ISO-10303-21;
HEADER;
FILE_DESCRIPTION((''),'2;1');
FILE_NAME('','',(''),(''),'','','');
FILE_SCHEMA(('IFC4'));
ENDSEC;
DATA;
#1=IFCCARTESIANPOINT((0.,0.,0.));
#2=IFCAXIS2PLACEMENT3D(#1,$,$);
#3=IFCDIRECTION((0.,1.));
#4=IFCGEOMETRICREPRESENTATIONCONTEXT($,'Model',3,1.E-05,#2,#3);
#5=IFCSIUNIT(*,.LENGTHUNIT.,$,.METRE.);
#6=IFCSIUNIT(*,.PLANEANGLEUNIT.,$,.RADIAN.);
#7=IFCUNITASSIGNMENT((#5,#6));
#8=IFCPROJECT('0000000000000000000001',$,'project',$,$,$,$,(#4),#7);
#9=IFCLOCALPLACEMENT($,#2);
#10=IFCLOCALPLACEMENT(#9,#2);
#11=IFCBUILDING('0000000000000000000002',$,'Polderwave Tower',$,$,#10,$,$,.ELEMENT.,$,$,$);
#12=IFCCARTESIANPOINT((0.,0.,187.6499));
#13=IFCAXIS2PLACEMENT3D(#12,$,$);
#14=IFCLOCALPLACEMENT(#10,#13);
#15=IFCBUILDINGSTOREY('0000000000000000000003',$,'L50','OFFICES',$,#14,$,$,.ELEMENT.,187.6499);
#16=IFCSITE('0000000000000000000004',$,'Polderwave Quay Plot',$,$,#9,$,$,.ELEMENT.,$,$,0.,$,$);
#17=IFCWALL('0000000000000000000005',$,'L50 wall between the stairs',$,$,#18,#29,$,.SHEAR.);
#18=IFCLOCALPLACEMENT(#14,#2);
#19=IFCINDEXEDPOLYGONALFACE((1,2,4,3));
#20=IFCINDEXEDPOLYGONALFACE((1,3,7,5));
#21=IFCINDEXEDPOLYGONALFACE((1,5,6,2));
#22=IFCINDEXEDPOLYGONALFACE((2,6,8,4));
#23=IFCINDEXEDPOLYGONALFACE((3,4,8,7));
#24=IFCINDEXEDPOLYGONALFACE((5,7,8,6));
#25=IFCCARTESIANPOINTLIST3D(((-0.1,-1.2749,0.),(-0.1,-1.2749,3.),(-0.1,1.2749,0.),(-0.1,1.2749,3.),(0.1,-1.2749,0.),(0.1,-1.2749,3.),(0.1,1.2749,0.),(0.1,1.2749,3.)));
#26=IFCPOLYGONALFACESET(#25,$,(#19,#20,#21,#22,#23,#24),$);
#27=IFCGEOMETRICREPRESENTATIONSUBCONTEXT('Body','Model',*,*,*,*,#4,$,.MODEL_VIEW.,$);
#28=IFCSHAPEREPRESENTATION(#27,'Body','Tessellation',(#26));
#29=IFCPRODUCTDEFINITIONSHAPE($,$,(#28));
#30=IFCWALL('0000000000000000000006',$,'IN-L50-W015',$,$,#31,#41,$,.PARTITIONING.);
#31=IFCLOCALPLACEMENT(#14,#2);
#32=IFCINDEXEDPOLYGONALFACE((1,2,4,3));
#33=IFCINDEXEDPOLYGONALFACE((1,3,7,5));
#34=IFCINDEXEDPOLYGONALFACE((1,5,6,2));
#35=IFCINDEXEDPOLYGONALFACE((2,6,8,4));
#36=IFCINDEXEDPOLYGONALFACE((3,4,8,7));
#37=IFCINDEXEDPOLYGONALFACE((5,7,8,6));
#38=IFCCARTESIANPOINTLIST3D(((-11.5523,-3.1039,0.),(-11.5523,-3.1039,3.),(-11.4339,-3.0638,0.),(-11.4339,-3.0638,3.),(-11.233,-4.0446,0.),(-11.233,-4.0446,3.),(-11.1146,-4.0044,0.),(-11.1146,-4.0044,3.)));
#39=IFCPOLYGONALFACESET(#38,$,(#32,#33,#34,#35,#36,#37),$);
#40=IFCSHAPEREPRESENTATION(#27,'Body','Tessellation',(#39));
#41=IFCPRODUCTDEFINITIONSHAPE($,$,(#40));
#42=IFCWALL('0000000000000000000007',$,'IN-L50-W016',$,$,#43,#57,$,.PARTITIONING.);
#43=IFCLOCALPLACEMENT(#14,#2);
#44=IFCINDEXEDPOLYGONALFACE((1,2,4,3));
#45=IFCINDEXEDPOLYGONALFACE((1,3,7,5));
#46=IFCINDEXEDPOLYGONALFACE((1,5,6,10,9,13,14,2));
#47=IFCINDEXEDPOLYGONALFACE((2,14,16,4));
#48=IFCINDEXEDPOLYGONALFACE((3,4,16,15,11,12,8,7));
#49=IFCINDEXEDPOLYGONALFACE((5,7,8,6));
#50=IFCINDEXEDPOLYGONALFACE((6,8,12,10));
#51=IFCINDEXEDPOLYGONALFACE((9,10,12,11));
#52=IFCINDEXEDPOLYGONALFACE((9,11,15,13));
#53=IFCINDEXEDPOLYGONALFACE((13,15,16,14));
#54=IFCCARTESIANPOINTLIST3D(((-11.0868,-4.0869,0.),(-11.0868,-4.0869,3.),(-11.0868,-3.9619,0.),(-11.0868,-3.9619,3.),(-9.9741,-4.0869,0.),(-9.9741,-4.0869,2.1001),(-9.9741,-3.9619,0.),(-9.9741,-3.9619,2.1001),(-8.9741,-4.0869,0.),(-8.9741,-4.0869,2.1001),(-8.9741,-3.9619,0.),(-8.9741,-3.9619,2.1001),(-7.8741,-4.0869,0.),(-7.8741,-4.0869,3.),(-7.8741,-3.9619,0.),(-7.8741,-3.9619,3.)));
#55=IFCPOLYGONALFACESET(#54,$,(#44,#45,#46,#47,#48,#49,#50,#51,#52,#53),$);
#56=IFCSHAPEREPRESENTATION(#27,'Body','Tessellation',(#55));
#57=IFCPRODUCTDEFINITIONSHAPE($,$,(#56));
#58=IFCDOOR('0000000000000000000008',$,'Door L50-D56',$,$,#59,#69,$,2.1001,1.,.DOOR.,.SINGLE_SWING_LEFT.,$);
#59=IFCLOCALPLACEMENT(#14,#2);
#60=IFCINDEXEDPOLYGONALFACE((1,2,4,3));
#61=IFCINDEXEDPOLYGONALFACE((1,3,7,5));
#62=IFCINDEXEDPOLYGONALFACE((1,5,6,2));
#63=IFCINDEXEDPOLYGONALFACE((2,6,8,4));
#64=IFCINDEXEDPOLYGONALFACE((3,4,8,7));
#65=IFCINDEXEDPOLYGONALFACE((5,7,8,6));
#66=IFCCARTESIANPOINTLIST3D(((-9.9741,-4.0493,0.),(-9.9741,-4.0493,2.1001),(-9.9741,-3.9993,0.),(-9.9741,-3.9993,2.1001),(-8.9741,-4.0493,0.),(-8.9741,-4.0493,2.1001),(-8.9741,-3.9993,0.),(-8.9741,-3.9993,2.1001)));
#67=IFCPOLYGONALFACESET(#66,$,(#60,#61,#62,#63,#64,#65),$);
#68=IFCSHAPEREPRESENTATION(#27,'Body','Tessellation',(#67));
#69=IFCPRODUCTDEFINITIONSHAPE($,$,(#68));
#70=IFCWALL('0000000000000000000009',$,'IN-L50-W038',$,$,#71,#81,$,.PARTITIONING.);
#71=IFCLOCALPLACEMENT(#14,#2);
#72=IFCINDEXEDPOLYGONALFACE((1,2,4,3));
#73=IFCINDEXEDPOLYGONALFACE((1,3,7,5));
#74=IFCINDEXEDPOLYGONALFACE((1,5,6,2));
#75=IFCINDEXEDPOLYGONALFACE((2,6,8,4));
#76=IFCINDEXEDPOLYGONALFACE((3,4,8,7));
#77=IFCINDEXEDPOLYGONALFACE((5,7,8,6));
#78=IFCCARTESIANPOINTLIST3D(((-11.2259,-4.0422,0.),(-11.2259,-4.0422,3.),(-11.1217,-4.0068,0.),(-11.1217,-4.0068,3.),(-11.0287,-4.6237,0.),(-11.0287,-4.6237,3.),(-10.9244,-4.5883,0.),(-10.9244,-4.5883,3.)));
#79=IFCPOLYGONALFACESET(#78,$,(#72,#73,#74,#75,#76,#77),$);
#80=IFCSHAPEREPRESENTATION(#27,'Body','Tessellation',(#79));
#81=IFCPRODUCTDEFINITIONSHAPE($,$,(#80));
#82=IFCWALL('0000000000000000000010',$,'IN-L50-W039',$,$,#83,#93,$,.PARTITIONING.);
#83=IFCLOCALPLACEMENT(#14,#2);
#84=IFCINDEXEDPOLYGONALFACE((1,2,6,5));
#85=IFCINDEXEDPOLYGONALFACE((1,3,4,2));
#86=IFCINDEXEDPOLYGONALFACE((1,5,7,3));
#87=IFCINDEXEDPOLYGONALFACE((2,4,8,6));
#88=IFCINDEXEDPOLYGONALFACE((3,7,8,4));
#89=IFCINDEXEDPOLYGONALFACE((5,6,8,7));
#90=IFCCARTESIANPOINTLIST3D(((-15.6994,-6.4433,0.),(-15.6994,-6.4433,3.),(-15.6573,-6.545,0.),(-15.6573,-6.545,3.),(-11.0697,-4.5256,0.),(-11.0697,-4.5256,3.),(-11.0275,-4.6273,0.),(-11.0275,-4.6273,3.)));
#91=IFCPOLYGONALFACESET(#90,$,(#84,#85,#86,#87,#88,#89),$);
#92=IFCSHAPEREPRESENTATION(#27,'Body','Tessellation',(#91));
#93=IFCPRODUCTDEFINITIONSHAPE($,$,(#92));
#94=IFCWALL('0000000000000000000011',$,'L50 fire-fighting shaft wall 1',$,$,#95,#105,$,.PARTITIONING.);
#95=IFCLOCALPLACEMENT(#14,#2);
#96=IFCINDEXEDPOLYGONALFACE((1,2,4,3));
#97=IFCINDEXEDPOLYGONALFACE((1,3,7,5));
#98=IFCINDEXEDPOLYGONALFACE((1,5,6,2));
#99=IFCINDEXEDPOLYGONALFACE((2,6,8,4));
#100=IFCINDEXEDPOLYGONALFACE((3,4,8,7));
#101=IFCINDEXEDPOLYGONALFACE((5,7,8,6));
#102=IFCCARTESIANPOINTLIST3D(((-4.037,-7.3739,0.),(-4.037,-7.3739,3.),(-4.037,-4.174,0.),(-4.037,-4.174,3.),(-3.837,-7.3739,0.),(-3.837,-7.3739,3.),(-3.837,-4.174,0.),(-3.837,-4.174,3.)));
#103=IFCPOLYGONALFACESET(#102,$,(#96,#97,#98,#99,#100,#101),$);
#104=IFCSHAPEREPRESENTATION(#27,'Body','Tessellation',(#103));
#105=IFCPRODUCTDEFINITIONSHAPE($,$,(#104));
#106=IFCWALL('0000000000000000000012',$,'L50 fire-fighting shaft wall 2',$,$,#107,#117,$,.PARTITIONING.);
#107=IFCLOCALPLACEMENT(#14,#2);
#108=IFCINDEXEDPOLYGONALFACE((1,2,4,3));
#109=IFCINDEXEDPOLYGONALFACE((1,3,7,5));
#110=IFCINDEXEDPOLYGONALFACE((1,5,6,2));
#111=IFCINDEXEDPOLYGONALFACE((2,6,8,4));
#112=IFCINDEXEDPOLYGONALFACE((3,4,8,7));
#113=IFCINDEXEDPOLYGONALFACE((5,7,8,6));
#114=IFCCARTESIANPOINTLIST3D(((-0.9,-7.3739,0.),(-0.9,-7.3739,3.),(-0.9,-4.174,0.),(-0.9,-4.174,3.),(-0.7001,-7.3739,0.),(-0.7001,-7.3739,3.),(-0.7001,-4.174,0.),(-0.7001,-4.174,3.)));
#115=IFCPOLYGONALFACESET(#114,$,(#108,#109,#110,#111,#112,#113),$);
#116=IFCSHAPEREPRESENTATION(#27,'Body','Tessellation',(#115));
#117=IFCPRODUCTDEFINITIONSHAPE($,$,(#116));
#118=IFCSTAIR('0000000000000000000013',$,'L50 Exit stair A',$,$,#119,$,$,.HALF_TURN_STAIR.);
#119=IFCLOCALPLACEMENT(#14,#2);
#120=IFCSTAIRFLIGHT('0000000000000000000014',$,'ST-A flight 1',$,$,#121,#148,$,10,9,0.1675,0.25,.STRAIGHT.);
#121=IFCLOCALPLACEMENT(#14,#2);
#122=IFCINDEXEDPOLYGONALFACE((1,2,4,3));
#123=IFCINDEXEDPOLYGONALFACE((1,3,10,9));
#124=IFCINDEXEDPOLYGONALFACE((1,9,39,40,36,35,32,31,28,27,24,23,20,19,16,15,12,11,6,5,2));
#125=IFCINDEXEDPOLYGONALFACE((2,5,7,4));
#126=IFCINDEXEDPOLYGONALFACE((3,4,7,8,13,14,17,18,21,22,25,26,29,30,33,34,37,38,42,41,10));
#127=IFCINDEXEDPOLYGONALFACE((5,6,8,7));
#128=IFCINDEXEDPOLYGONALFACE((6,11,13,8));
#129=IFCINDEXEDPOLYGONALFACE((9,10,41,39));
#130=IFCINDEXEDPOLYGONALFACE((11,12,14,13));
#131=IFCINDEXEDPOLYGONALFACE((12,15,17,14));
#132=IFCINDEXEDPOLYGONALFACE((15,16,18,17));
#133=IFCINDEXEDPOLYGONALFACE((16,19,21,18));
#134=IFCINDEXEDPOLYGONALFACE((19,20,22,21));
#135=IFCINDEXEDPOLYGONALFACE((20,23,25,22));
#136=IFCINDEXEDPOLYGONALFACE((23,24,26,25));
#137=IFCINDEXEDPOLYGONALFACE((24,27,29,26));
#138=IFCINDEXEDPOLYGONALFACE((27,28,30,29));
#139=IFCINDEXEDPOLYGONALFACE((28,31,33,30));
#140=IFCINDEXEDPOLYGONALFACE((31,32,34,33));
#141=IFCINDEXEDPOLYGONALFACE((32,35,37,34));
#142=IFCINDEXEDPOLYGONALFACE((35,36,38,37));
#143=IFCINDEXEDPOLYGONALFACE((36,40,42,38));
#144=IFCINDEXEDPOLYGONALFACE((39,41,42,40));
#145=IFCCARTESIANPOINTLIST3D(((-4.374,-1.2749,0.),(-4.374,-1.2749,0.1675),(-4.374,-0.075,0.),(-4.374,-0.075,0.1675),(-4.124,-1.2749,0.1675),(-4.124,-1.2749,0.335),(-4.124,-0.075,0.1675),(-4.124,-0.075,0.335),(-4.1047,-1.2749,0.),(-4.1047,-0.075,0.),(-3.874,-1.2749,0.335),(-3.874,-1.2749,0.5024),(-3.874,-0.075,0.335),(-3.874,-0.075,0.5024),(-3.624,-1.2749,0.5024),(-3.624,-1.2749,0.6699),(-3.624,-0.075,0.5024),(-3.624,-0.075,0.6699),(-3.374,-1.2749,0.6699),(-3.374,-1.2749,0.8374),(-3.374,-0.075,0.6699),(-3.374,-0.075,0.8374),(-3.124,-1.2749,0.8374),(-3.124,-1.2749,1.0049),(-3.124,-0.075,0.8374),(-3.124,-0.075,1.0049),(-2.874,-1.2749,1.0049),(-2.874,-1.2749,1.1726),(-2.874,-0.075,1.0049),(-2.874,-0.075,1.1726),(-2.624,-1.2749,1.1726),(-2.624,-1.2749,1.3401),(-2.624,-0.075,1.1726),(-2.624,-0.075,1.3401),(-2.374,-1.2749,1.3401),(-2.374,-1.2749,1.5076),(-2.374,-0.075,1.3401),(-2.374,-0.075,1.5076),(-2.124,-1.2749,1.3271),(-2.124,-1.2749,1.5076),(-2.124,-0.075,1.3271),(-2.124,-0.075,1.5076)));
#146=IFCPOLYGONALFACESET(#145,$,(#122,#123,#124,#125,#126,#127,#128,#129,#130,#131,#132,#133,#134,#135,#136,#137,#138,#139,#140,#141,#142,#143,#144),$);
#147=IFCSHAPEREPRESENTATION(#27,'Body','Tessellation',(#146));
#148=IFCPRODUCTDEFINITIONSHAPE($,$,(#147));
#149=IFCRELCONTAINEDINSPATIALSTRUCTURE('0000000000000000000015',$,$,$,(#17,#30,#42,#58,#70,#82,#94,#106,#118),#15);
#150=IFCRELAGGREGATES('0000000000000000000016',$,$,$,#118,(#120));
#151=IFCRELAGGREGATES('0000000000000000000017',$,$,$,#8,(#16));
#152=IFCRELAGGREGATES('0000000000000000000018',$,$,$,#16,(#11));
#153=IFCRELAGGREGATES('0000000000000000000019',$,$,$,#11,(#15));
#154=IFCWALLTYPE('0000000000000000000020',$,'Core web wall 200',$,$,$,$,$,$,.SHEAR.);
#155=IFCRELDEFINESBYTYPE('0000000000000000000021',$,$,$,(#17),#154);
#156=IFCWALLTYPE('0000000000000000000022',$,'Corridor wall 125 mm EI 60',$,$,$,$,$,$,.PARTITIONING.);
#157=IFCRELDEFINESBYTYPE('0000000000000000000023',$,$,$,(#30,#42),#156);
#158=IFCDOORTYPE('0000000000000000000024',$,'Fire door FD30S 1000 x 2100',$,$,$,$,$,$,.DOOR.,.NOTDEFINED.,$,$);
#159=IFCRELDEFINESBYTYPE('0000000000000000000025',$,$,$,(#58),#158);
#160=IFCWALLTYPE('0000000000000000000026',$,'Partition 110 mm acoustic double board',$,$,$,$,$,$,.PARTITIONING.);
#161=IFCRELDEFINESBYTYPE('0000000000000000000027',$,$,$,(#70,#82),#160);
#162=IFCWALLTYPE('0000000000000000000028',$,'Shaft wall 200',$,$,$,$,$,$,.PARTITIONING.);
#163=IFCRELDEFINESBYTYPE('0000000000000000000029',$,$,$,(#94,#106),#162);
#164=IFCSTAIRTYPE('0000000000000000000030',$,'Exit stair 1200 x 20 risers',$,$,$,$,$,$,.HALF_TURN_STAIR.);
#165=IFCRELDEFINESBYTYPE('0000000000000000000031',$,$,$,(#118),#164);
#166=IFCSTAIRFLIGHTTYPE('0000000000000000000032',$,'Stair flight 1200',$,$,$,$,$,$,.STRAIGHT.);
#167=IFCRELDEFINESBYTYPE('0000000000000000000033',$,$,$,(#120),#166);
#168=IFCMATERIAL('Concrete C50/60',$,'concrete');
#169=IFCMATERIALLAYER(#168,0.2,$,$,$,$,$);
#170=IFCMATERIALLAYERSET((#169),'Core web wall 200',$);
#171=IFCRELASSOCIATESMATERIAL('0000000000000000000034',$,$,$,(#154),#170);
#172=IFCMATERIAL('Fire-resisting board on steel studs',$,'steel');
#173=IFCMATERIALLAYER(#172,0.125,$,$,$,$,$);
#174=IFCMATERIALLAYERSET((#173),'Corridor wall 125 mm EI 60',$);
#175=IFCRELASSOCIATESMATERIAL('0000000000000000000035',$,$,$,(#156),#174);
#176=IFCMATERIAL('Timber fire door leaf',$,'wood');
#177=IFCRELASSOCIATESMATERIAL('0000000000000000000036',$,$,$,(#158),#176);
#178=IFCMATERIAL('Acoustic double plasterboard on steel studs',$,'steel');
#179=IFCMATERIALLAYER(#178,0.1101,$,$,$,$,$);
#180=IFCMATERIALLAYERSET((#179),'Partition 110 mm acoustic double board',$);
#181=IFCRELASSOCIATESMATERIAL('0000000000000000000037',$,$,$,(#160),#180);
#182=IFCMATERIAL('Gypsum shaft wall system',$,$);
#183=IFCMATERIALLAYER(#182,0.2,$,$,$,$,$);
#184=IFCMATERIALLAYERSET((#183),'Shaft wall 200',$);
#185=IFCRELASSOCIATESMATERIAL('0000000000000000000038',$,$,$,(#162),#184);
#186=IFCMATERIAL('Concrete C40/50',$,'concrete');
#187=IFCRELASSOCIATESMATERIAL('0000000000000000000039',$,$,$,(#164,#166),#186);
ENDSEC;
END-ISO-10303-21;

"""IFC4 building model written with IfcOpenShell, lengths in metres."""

from ifc_helpers import new_model, si_unit, direction, frame, frame_2d, origin, place, context, subcontext, project, spatial, polyline, rectangle, outline, extrude, material, layer, layer_set, type_object, element, fill, aggregate, save


model = new_model("IFC4")

# Units and contexts
model_context = context("Model", 3, precision=1e-05, world=origin(), true_north=direction((0.0, 1.0)))
body_context = subcontext(model_context, "Body", "Model", "MODEL_VIEW")
ifc_project = project(units=[si_unit("LENGTHUNIT", "METRE"), si_unit("PLANEANGLEUNIT", "RADIAN")], contexts=[model_context])

# Site, building, storey
site_placement = place(None, origin())
site = spatial("IfcSite", under=ifc_project, at=site_placement, Name="Polderwave Quay Plot", CompositionType="ELEMENT", RefElevation=0.0)
building_placement = place(site_placement, origin())
building = spatial("IfcBuilding", under=site, at=building_placement, Name="Polderwave Tower", CompositionType="ELEMENT")
storey_placement = place(building_placement, frame((0.0, 0.0, 187.6499)))
storey = spatial("IfcBuildingStorey", under=building, at=storey_placement, Name="L50", Description="OFFICES", CompositionType="ELEMENT", Elevation=187.6499)

# Shared definitions
ifc_material_1 = material(Name="Concrete C50/60", Category="concrete")
ifc_layer_1 = layer(ifc_material_1, 0.2)
ifc_layer_set_1 = layer_set([ifc_layer_1], Name="Core web wall 200")
wall_type_1 = type_object("IfcWallType", Name="Core web wall 200", PredefinedType="SHEAR", material=ifc_layer_set_1)

# Walls
wall_1_placement = place(storey_placement, frame((0.0, -1.2749, 0.0), z_axis=(0.0, 0.0, 1.0), x_axis=(0.0, 1.0, 0.0)))
element("IfcWall", 1, at=wall_1_placement, inside=storey, type_object=wall_type_1, Name="L50 wall between the stairs", PredefinedType="SHEAR", context=body_context, shape_type="SweptSolid", body=[
    extrude(rectangle(XDim=2.5498, YDim=0.2, at=frame_2d((1.2749, 0.0))), origin(), (0.0, 0.0, 1.0), 3.0),
])
ifc_material_2 = material(Name="Fire-resisting board on steel studs", Category="steel")
ifc_layer_2 = layer(ifc_material_2, 0.125)
ifc_layer_set_2 = layer_set([ifc_layer_2], Name="Corridor wall 125 mm EI 60")
wall_type_2 = type_object("IfcWallType", Name="Corridor wall 125 mm EI 60", PredefinedType="PARTITIONING", material=ifc_layer_set_2)
wall_2_placement = place(storey_placement, frame((-11.1738, -4.0244, 0.0), z_axis=(0.0, 0.0, 1.0), x_axis=(-0.321458, 0.946924, 0.0)))
element("IfcWall", 2, at=wall_2_placement, inside=storey, type_object=wall_type_2, Name="IN-L50-W015", PredefinedType="PARTITIONING", context=body_context, shape_type="SweptSolid", body=[
    extrude(rectangle(XDim=0.9934, YDim=0.125, at=frame_2d((0.4966, 0.0))), origin(), (0.0, 0.0, 1.0), 3.0),
])

# Wall, opening, door
wall_3_placement = place(storey_placement, frame((-7.874, -4.0244, 0.0), z_axis=(0.0, 0.0, 1.0), x_axis=(-1.0, 0.0, 0.0)))
wall_3 = element("IfcWall", 3, at=wall_3_placement, inside=storey, type_object=wall_type_2, Name="IN-L50-W016", PredefinedType="PARTITIONING", context=body_context, shape_type="SweptSolid", body=[
    extrude(rectangle(XDim=3.2126, YDim=0.125, at=frame_2d((1.6064, 0.0))), origin(), (0.0, 0.0, 1.0), 3.0),
])
opening_1_placement = place(wall_3_placement, frame((1.1001, 0.0, 0.0)))
opening_1 = element("IfcOpeningElement", 4, at=opening_1_placement, cuts=wall_3, PredefinedType="OPENING", context=body_context, shape_type="SweptSolid", body=[
    extrude(rectangle(XDim=1.0, YDim=2.1001, at=frame_2d((0.5, 1.05))), frame((0.0, 0.0725, 0.0), z_axis=(0.0, -1.0, 0.0), x_axis=(1.0, 0.0, 0.0)), (0.0, 0.0, 1.0), 0.145),
])
ifc_material_3 = material(Name="Timber fire door leaf", Category="wood")
door_type_1 = type_object("IfcDoorType", Name="Fire door FD30S 1000 x 2100", OperationType="NOTDEFINED", PredefinedType="DOOR", material=ifc_material_3)
door_1_placement = place(opening_1_placement, origin())
door_1 = element("IfcDoor", 5, at=door_1_placement, inside=storey, type_object=door_type_1, Name="Door L50-D56", OperationType="SINGLE_SWING_LEFT", OverallHeight=2.1001, OverallWidth=1.0, PredefinedType="DOOR", context=body_context, shape_type="SweptSolid", body=[
    extrude(rectangle(XDim=1.0, YDim=2.1001, at=frame_2d((0.5, 1.05))), frame((0.0, 0.0249, 0.0), z_axis=(0.0, -1.0, 0.0), x_axis=(1.0, 0.0, 0.0)), (0.0, 0.0, 1.0), 0.05),
])
fill(opening_1, door_1)

# Walls
ifc_material_4 = material(Name="Acoustic double plasterboard on steel studs", Category="steel")
ifc_layer_3 = layer(ifc_material_4, 0.1101)
ifc_layer_set_3 = layer_set([ifc_layer_3], Name="Partition 110 mm acoustic double board")
wall_type_3 = type_object("IfcWallType", Name="Partition 110 mm acoustic double board", PredefinedType="PARTITIONING", material=ifc_layer_set_3)
wall_4_placement = place(storey_placement, frame((-11.1738, -4.0244, 0.0), z_axis=(0.0, 0.0, 1.0), x_axis=(0.321233, -0.947, 0.0)))
element("IfcWall", 6, at=wall_4_placement, inside=storey, type_object=wall_type_3, Name="IN-L50-W038", PredefinedType="PARTITIONING", context=body_context, shape_type="SweptSolid", body=[
    extrude(rectangle(XDim=0.614, YDim=0.1101, at=frame_2d((0.3071, 0.0))), origin(), (0.0, 0.0, 1.0), 3.0),
])
wall_5_placement = place(storey_placement, frame((-11.0486, -4.5764, 0.0), z_axis=(0.0, 0.0, 1.0), x_axis=(-0.923875, -0.382695, 0.0)))
element("IfcWall", 7, at=wall_5_placement, inside=storey, type_object=wall_type_3, Name="IN-L50-W039", PredefinedType="PARTITIONING", context=body_context, shape_type="SweptSolid", body=[
    extrude(rectangle(XDim=5.0112, YDim=0.1101, at=frame_2d((2.5056, 0.0))), origin(), (0.0, 0.0, 1.0), 3.0),
])
ifc_material_5 = material(Name="Gypsum shaft wall system")
ifc_layer_4 = layer(ifc_material_5, 0.2)
ifc_layer_set_4 = layer_set([ifc_layer_4], Name="Shaft wall 200")
wall_type_4 = type_object("IfcWallType", Name="Shaft wall 200", PredefinedType="PARTITIONING", material=ifc_layer_set_4)
for number, where, z_axis, x_axis, name in (
    (8, (-3.937, -7.374, 0.0), (0.0, 0.0, 1.0), (0.0, 1.0, 0.0), "L50 fire-fighting shaft wall 1"),
    (9, (-0.8, -7.374, 0.0), (0.0, 0.0, 1.0), (0.0, 1.0, 0.0), "L50 fire-fighting shaft wall 2"),
):
    element("IfcWall", number, at=place(storey_placement, frame(where, z_axis=z_axis, x_axis=x_axis)), inside=storey, type_object=wall_type_4, Name=name, PredefinedType="PARTITIONING", context=body_context, shape_type="SweptSolid", body=[
        extrude(rectangle(XDim=3.2, YDim=0.2, at=frame_2d((1.6001, 0.0))), origin(), (0.0, 0.0, 1.0), 3.0),
    ])

# Stair, stair flight
ifc_material_6 = material(Name="Concrete C40/50", Category="concrete")
stair_type = type_object("IfcStairType", Name="Exit stair 1200 x 20 risers", PredefinedType="HALF_TURN_STAIR", material=ifc_material_6)
stair_placement = place(storey_placement, origin())
stair = element("IfcStair", 10, at=stair_placement, inside=storey, type_object=stair_type, Name="L50 Exit stair A", PredefinedType="HALF_TURN_STAIR")
stair_flight_type = type_object("IfcStairFlightType", Name="Stair flight 1200", PredefinedType="STRAIGHT", material=ifc_material_6)
stair_flight_placement = place(storey_placement, frame((-4.374, -0.675, 0.0), z_axis=(0.0, 0.0, 1.0), x_axis=(1.0, 0.0, 0.0)))
stair_flight = element("IfcStairFlight", 11, at=stair_flight_placement, type_object=stair_flight_type, Name="ST-A flight 1", NumberOfRisers=10, NumberOfTreads=9, PredefinedType="STRAIGHT", RiserHeight=0.1675, TreadLength=0.25, context=body_context, shape_type="SweptSolid", body=[
    extrude(outline(polyline([(0.0, 0.0), (0.0, 0.1675), (0.25, 0.1675), (0.25, 0.335), (0.5, 0.335), (0.5, 0.5024), (0.75, 0.5024), (0.75, 0.6699), (1.0, 0.6699), (1.0, 0.8374), (1.25, 0.8374), (1.25, 1.0049), (1.5, 1.0049), (1.5, 1.1726), (1.75, 1.1726), (1.75, 1.3401), (2.0, 1.3401), (2.0, 1.5076), (2.25, 1.5076), (2.25, 1.675), (2.25, 1.3271), (0.2693, 0.0), (0.0, 0.0)])), frame((0.0, 0.6001, 0.0), z_axis=(0.0, -1.0, 0.0), x_axis=(1.0, 0.0, 0.0)), (0.0, 0.0, 1.0), 1.2),
])
aggregate(stair, [stair_flight])

save(model, "model.ifc")
